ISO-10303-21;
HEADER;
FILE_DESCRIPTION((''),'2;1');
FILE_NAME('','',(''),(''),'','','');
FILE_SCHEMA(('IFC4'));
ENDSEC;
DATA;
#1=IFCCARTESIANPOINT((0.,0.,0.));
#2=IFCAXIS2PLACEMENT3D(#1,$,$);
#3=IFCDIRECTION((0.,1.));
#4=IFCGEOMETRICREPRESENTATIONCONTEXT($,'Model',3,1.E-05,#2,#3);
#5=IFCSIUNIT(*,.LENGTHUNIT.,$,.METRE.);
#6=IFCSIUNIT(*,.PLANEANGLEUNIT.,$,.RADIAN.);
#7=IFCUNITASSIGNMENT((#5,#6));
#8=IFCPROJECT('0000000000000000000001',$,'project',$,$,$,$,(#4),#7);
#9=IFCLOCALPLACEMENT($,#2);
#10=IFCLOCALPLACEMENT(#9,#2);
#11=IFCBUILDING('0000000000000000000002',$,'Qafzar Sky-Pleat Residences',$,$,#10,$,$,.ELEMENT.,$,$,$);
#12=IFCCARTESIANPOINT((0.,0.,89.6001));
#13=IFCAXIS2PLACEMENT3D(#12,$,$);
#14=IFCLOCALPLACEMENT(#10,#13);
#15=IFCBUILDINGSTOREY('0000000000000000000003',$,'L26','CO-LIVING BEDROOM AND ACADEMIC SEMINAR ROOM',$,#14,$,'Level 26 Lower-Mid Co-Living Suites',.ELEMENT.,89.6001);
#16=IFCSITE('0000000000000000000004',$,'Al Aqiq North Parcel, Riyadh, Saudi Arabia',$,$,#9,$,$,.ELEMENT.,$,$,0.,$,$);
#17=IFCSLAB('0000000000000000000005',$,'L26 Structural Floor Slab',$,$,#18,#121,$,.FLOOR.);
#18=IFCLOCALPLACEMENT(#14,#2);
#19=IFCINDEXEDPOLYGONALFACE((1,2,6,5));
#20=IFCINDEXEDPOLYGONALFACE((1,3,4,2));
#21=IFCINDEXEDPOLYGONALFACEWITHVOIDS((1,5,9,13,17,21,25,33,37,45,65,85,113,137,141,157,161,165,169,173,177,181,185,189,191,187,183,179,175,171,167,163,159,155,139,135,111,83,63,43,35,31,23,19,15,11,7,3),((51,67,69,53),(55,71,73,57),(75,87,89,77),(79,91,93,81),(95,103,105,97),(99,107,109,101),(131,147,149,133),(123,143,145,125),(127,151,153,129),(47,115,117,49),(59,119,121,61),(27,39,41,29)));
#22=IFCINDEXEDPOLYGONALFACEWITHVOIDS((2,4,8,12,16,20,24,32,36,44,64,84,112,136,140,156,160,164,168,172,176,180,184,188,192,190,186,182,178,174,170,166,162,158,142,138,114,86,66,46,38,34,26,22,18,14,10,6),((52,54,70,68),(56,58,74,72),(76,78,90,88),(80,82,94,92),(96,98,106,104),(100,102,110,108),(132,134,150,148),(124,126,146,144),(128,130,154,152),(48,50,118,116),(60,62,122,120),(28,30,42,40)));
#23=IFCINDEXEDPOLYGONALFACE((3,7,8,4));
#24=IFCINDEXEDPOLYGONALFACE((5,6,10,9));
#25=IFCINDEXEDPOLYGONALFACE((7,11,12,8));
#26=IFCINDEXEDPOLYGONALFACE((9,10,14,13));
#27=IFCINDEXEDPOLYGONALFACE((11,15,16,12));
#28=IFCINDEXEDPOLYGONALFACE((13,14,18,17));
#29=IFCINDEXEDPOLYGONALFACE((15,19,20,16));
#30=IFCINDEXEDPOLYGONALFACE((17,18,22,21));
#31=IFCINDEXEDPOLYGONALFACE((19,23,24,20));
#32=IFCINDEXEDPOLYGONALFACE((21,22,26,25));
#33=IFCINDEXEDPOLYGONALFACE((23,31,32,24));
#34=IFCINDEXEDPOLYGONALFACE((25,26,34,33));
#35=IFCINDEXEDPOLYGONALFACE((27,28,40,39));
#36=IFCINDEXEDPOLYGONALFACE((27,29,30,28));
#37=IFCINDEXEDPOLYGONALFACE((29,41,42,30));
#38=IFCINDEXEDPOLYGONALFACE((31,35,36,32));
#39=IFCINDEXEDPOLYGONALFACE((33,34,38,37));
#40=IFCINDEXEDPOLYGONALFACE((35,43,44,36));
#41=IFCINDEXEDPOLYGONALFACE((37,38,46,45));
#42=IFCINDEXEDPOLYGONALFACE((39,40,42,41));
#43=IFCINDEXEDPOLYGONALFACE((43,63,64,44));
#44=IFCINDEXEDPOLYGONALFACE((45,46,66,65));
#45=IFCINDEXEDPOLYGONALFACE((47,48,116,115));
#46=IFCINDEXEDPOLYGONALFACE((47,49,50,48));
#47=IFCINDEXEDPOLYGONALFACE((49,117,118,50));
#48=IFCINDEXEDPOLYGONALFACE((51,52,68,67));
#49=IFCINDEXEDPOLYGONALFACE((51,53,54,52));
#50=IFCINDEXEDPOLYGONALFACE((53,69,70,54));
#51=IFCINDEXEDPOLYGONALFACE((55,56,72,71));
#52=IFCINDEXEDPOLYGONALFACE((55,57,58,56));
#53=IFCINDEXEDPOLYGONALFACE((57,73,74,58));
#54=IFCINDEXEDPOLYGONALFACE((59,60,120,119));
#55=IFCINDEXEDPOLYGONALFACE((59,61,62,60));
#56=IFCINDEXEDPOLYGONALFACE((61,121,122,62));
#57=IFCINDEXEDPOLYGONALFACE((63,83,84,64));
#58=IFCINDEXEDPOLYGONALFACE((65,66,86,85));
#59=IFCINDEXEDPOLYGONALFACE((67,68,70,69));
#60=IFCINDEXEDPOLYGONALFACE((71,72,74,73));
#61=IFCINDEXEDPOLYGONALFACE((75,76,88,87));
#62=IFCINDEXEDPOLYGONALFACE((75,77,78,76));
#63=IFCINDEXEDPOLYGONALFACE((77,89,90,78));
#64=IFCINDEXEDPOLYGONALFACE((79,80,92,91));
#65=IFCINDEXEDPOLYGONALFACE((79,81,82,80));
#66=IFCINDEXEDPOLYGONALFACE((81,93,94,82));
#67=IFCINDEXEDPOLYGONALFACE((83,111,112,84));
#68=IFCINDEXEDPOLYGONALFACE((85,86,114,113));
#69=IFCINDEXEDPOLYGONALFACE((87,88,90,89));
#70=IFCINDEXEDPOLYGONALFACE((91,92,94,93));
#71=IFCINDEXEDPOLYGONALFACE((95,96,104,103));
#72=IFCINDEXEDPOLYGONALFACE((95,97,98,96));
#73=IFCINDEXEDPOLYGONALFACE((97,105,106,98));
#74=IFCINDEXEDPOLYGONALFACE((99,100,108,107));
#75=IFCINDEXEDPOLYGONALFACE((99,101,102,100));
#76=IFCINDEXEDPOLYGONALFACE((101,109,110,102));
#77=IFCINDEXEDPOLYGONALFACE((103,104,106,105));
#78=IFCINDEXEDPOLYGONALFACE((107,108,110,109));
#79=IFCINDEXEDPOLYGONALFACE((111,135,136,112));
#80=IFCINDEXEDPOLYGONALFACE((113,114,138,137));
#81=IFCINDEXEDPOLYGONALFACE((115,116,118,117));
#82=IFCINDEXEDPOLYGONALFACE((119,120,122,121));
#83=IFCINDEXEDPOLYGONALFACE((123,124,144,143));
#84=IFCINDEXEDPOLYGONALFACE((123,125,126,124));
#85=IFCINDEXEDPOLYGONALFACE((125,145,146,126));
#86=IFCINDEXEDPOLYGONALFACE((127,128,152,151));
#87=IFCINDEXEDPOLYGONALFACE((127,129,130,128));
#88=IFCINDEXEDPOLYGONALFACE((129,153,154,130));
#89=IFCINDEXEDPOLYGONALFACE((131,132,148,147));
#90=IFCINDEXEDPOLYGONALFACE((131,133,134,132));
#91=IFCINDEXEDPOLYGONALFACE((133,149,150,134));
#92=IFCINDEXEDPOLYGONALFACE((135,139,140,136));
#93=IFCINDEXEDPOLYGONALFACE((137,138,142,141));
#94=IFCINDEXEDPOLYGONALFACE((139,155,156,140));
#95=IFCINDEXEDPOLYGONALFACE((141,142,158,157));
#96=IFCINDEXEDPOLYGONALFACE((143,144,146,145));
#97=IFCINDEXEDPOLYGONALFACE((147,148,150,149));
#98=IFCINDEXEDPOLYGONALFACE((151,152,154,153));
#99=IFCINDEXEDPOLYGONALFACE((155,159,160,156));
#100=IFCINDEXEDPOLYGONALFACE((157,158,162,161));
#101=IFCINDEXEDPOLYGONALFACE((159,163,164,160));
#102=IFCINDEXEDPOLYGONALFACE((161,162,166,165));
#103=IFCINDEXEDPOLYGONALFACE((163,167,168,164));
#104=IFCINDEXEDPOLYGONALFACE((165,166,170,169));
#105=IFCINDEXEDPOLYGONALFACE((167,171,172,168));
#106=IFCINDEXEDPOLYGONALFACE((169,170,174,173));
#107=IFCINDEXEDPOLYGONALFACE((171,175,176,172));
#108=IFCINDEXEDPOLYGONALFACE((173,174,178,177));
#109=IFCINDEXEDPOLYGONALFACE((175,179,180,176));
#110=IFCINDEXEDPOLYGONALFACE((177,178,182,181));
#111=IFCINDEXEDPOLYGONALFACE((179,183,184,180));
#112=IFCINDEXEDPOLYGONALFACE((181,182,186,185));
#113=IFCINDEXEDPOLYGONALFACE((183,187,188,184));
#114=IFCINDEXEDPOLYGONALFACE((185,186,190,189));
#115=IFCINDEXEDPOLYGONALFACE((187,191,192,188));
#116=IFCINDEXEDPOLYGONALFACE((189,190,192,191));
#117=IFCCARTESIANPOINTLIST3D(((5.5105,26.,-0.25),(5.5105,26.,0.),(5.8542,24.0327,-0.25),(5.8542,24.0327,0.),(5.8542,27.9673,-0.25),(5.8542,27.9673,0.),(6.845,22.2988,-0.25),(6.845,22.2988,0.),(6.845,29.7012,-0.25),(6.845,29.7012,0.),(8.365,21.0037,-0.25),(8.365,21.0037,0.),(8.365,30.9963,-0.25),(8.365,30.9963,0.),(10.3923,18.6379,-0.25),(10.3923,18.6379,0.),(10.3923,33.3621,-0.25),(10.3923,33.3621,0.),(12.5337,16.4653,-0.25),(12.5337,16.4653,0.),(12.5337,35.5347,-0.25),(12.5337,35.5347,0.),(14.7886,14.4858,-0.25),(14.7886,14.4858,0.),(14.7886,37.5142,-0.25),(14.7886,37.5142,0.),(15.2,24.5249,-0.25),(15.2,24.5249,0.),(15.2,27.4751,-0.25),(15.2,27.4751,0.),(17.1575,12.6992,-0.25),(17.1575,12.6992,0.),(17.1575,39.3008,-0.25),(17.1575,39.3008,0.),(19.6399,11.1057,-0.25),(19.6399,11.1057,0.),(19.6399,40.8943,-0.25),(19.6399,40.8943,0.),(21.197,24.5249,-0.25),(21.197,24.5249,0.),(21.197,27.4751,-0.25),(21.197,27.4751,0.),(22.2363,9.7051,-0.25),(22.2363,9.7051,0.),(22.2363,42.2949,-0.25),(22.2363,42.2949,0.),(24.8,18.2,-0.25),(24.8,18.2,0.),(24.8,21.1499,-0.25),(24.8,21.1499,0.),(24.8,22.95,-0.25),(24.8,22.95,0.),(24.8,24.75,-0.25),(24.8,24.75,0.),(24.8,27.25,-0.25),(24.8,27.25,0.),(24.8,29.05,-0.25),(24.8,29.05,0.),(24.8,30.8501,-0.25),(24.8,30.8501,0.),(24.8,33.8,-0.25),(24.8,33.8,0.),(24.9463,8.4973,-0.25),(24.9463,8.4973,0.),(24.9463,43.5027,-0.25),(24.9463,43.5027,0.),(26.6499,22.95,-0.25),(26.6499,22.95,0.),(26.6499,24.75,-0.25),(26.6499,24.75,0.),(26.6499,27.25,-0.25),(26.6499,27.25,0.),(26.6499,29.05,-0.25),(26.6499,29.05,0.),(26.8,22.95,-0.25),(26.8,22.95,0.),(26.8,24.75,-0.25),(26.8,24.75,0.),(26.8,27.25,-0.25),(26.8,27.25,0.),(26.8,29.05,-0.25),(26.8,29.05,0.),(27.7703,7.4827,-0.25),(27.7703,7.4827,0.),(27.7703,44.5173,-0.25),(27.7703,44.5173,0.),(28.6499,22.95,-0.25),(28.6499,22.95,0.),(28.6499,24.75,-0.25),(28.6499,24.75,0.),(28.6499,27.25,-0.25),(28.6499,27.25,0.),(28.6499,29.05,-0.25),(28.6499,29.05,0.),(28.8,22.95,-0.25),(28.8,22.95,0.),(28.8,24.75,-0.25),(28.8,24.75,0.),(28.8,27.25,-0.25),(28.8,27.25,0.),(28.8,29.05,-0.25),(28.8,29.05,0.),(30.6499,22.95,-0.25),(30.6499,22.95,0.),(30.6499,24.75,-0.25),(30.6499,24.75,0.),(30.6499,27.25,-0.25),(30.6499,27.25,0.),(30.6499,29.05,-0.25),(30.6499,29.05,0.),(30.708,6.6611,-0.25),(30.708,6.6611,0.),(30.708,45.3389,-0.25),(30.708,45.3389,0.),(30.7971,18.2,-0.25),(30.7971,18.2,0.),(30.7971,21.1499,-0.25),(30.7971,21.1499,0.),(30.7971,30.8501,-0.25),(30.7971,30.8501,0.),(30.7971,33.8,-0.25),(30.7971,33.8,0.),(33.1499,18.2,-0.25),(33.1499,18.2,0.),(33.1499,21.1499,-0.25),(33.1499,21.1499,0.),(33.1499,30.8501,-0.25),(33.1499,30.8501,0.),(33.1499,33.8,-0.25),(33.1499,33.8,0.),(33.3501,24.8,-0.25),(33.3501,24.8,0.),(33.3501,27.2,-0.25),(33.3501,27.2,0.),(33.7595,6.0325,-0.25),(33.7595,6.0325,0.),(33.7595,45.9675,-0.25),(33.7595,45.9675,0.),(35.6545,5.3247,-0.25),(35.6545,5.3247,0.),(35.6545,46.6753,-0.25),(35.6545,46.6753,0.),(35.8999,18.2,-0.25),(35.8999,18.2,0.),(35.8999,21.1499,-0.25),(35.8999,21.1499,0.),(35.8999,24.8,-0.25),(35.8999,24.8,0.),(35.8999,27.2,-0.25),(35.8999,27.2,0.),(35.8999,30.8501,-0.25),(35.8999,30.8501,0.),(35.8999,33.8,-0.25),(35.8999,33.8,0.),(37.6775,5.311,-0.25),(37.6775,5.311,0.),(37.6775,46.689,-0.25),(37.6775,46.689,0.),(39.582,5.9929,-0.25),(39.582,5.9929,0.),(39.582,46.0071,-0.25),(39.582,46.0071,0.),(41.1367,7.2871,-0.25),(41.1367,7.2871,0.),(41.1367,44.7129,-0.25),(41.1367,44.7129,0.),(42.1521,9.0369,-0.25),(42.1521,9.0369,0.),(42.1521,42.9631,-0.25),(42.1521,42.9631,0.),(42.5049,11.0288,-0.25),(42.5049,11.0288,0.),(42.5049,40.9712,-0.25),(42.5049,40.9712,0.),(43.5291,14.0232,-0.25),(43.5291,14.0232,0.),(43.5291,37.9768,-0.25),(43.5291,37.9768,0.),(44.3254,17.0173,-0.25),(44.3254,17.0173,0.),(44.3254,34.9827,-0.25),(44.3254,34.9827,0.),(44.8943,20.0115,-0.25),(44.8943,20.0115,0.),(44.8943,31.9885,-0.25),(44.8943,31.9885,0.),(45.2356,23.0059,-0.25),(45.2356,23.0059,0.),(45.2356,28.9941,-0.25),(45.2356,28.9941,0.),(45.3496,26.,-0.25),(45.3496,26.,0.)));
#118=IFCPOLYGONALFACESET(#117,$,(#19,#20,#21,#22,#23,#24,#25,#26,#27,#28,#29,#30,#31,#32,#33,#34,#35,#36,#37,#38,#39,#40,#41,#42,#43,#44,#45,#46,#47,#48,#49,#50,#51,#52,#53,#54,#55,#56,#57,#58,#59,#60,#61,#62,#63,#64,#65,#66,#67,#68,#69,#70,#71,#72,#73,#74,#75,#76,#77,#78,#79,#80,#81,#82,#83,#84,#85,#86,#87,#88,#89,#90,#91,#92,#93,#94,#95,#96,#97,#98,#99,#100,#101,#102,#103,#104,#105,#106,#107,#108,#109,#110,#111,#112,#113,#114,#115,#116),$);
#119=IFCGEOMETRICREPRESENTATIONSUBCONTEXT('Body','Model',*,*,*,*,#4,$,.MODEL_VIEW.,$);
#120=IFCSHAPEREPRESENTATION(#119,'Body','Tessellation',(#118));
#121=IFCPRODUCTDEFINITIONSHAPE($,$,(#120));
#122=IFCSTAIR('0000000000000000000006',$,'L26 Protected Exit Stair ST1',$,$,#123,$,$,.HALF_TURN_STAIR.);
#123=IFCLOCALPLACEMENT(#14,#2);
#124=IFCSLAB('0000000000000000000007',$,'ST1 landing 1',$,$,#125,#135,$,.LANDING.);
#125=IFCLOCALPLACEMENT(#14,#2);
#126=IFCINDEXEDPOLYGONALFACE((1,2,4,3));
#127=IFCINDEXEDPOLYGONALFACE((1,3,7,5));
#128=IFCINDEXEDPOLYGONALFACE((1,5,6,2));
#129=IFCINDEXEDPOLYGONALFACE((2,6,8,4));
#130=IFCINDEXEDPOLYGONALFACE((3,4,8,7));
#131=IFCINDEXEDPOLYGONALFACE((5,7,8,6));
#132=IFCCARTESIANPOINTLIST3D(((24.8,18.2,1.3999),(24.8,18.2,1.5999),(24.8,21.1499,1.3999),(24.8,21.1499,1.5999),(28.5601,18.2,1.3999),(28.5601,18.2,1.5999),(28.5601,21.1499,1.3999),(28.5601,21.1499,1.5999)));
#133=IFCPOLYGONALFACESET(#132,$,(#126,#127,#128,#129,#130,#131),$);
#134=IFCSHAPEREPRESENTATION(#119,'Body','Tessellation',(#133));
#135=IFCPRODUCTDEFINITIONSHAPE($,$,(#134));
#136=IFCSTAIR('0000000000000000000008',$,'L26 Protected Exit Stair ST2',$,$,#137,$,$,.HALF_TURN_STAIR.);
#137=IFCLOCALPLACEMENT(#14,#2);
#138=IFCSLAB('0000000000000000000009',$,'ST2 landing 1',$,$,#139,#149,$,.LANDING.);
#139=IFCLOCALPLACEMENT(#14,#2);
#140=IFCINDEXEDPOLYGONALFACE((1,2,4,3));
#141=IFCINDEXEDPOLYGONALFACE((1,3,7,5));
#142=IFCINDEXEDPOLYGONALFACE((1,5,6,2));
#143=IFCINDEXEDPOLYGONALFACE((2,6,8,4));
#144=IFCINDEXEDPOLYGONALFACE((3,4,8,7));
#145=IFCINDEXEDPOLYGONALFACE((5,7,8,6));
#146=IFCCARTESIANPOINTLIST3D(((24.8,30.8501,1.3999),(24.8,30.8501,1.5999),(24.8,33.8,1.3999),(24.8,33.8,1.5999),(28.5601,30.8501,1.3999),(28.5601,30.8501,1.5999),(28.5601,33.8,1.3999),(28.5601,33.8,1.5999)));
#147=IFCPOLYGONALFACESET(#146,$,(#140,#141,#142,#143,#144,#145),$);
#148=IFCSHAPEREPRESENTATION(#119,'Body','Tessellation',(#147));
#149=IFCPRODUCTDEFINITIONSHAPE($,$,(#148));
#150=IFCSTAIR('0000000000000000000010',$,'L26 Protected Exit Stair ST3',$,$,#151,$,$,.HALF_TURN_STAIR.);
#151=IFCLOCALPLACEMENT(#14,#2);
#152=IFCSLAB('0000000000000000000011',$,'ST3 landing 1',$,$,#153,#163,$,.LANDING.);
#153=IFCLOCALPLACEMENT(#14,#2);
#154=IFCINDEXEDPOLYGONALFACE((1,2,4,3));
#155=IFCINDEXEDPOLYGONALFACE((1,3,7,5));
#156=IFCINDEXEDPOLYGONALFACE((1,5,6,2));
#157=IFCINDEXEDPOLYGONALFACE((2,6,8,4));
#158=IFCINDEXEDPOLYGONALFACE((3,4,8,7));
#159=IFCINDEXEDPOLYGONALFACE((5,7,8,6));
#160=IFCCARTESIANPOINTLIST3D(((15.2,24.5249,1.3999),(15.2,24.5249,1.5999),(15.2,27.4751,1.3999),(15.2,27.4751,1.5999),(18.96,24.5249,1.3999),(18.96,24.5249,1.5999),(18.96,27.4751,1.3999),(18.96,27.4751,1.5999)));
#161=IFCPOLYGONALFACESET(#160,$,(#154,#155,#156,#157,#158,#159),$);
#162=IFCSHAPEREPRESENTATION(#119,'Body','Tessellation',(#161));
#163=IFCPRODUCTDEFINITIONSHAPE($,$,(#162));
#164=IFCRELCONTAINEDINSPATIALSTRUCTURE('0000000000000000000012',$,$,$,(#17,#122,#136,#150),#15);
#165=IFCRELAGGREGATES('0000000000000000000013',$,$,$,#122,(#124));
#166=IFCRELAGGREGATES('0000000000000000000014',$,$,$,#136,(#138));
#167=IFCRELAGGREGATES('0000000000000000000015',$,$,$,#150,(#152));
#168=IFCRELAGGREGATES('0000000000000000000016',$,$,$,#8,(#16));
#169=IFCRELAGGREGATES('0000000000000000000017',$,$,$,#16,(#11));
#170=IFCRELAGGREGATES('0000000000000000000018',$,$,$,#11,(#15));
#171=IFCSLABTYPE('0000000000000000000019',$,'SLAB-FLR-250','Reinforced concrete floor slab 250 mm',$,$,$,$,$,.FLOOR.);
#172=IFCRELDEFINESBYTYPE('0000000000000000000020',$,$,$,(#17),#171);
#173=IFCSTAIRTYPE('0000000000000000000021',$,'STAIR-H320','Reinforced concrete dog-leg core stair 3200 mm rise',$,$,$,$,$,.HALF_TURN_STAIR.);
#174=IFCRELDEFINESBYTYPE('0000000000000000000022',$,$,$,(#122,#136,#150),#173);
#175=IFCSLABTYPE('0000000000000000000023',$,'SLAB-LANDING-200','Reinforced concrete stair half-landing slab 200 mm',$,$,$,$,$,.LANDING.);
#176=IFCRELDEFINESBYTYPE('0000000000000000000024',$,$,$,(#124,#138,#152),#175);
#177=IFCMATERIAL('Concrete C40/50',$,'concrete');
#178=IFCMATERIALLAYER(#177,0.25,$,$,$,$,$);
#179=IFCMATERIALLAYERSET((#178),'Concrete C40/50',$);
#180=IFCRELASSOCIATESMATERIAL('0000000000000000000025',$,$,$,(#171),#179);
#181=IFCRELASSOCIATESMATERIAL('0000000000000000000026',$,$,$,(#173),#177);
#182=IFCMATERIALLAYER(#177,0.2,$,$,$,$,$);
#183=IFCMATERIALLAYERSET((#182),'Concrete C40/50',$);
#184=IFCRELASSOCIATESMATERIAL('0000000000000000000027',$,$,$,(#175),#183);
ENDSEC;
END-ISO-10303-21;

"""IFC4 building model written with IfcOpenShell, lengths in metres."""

from ifc_helpers import new_model, si_unit, direction, frame, origin, place, context, subcontext, project, spatial, polyline, outline, extrude, material, layer, layer_set, type_object, element, aggregate, save


model = new_model("IFC4")

# Units and contexts
model_context = context("Model", 3, precision=1e-05, world=origin(), true_north=direction((0.0, 1.0)))
body_context = subcontext(model_context, "Body", "Model", "MODEL_VIEW")
ifc_project = project(units=[si_unit("LENGTHUNIT", "METRE"), si_unit("PLANEANGLEUNIT", "RADIAN")], contexts=[model_context])

# Site, building, storey
site_placement = place(None, origin())
site = spatial("IfcSite", under=ifc_project, at=site_placement, Name="Al Aqiq North Parcel, Riyadh, Saudi Arabia", CompositionType="ELEMENT", RefElevation=0.0)
building_placement = place(site_placement, origin())
building = spatial("IfcBuilding", under=site, at=building_placement, Name="Qafzar Sky-Pleat Residences", CompositionType="ELEMENT")
storey_placement = place(building_placement, frame((0.0, 0.0, 89.6001)))
storey = spatial("IfcBuildingStorey", under=building, at=storey_placement, Name="L26", Description="CO-LIVING BEDROOM AND ACADEMIC SEMINAR ROOM", LongName="Level 26 Lower-Mid Co-Living Suites", CompositionType="ELEMENT", Elevation=89.6001)

# Slab
ifc_material_1 = material(Name="Concrete C40/50", Category="concrete")
ifc_layer_1 = layer(ifc_material_1, 0.25)
ifc_layer_set_1 = layer_set([ifc_layer_1], Name="Concrete C40/50")
slab_type_1 = type_object("IfcSlabType", Name="SLAB-FLR-250", Description="Reinforced concrete floor slab 250 mm", PredefinedType="FLOOR", material=ifc_layer_set_1)
slab_1_placement = place(storey_placement, frame((0.0, 0.0, -0.25)))
element("IfcSlab", 1, at=slab_1_placement, inside=storey, type_object=slab_type_1, Name="L26 Structural Floor Slab", PredefinedType="FLOOR", context=body_context, shape_type="SweptSolid", body=[
    extrude(outline(polyline([(8.365, 30.9963), (6.845, 29.7012), (5.8542, 27.9673), (5.5105, 26.0), (5.8542, 24.0327), (6.845, 22.2988), (8.365, 21.0037), (10.3923, 18.6379), (12.5337, 16.4653), (14.7886, 14.4858), (17.1575, 12.6992), (19.6399, 11.1057), (22.2363, 9.7051), (24.9463, 8.4973), (27.7703, 7.4827), (30.708, 6.6611), (33.7595, 6.0325), (35.6545, 5.3247), (37.6775, 5.311), (39.582, 5.9929), (41.1367, 7.2871), (42.1521, 9.0369), (42.5049, 11.0288), (43.5291, 14.0232), (44.3254, 17.0173), (44.8943, 20.0115), (45.2356, 23.0059), (45.3496, 26.0), (45.2356, 28.9941), (44.8943, 31.9885), (44.3254, 34.9827), (43.5291, 37.9768), (42.5049, 40.9712), (42.1521, 42.9631), (41.1367, 44.7129), (39.582, 46.0071), (37.6775, 46.689), (35.6545, 46.6753), (33.7595, 45.9675), (30.708, 45.3389), (27.7703, 44.5173), (24.9463, 43.5027), (22.2363, 42.2949), (19.6399, 40.8943), (17.1575, 39.3008), (14.7886, 37.5142), (12.5337, 35.5347), (10.3923, 33.3621), (8.365, 30.9963)]), holes=[polyline([(30.7971, 21.1499), (24.8, 21.1499), (24.8, 18.2), (30.7971, 18.2), (30.7971, 21.1499)]), polyline([(30.7971, 33.8), (24.8, 33.8), (24.8, 30.8501), (30.7971, 30.8501), (30.7971, 33.8)]), polyline([(21.197, 27.4751), (15.2, 27.4751), (15.2, 24.5249), (21.197, 24.5249), (21.197, 27.4751)]), polyline([(24.8, 22.95), (26.6499, 22.95), (26.6499, 24.75), (24.8, 24.75), (24.8, 22.95)]), polyline([(26.8, 22.95), (28.6499, 22.95), (28.6499, 24.75), (26.8, 24.75), (26.8, 22.95)]), polyline([(28.8, 22.95), (30.6499, 22.95), (30.6499, 24.75), (28.8, 24.75), (28.8, 22.95)]), polyline([(24.8, 27.25), (26.6499, 27.25), (26.6499, 29.05), (24.8, 29.05), (24.8, 27.25)]), polyline([(26.8, 27.25), (28.6499, 27.25), (28.6499, 29.05), (26.8, 29.05), (26.8, 27.25)]), polyline([(28.8, 27.25), (30.6499, 27.25), (30.6499, 29.05), (28.8, 29.05), (28.8, 27.25)]), polyline([(33.1499, 18.2), (35.8999, 18.2), (35.8999, 21.1499), (33.1499, 21.1499), (33.1499, 18.2)]), polyline([(33.1499, 30.8501), (35.8999, 30.8501), (35.8999, 33.8), (33.1499, 33.8), (33.1499, 30.8501)]), polyline([(33.3501, 24.8), (35.8999, 24.8), (35.8999, 27.2), (33.3501, 27.2), (33.3501, 24.8)])]), origin(), (0.0, 0.0, 1.0), 0.25),
])

# Stairs, slabs
stair_type = type_object("IfcStairType", Name="STAIR-H320", Description="Reinforced concrete dog-leg core stair 3200 mm rise", PredefinedType="HALF_TURN_STAIR", material=ifc_material_1)
stair_1_placement = place(storey_placement, origin())
stair_1 = element("IfcStair", 2, at=stair_1_placement, inside=storey, type_object=stair_type, Name="L26 Protected Exit Stair ST1", PredefinedType="HALF_TURN_STAIR")
ifc_layer_2 = layer(ifc_material_1, 0.2)
ifc_layer_set_2 = layer_set([ifc_layer_2], Name="Concrete C40/50")
slab_type_2 = type_object("IfcSlabType", Name="SLAB-LANDING-200", Description="Reinforced concrete stair half-landing slab 200 mm", PredefinedType="LANDING", material=ifc_layer_set_2)
slab_2_placement = place(storey_placement, frame((0.0, 0.0, 1.3999)))
slab_2 = element("IfcSlab", 3, at=slab_2_placement, type_object=slab_type_2, Name="ST1 landing 1", PredefinedType="LANDING", context=body_context, shape_type="SweptSolid", body=[
    extrude(outline(polyline([(28.5601, 21.1499), (24.8, 21.1499), (24.8, 18.2), (28.5601, 18.2), (28.5601, 21.1499)])), origin(), (0.0, 0.0, 1.0), 0.2),
])
aggregate(stair_1, [slab_2])
stair_2_placement = place(storey_placement, origin())
stair_2 = element("IfcStair", 4, at=stair_2_placement, inside=storey, type_object=stair_type, Name="L26 Protected Exit Stair ST2", PredefinedType="HALF_TURN_STAIR")
slab_3_placement = place(storey_placement, frame((0.0, 0.0, 1.3999)))
slab_3 = element("IfcSlab", 5, at=slab_3_placement, type_object=slab_type_2, Name="ST2 landing 1", PredefinedType="LANDING", context=body_context, shape_type="SweptSolid", body=[
    extrude(outline(polyline([(28.5601, 33.8), (24.8, 33.8), (24.8, 30.8501), (28.5601, 30.8501), (28.5601, 33.8)])), origin(), (0.0, 0.0, 1.0), 0.2),
])
aggregate(stair_2, [slab_3])
stair_3_placement = place(storey_placement, origin())
stair_3 = element("IfcStair", 6, at=stair_3_placement, inside=storey, type_object=stair_type, Name="L26 Protected Exit Stair ST3", PredefinedType="HALF_TURN_STAIR")
slab_4_placement = place(storey_placement, frame((0.0, 0.0, 1.3999)))
slab_4 = element("IfcSlab", 7, at=slab_4_placement, type_object=slab_type_2, Name="ST3 landing 1", PredefinedType="LANDING", context=body_context, shape_type="SweptSolid", body=[
    extrude(outline(polyline([(18.96, 27.4751), (15.2, 27.4751), (15.2, 24.5249), (18.96, 24.5249), (18.96, 27.4751)])), origin(), (0.0, 0.0, 1.0), 0.2),
])
aggregate(stair_3, [slab_4])

save(model, "model.ifc")
